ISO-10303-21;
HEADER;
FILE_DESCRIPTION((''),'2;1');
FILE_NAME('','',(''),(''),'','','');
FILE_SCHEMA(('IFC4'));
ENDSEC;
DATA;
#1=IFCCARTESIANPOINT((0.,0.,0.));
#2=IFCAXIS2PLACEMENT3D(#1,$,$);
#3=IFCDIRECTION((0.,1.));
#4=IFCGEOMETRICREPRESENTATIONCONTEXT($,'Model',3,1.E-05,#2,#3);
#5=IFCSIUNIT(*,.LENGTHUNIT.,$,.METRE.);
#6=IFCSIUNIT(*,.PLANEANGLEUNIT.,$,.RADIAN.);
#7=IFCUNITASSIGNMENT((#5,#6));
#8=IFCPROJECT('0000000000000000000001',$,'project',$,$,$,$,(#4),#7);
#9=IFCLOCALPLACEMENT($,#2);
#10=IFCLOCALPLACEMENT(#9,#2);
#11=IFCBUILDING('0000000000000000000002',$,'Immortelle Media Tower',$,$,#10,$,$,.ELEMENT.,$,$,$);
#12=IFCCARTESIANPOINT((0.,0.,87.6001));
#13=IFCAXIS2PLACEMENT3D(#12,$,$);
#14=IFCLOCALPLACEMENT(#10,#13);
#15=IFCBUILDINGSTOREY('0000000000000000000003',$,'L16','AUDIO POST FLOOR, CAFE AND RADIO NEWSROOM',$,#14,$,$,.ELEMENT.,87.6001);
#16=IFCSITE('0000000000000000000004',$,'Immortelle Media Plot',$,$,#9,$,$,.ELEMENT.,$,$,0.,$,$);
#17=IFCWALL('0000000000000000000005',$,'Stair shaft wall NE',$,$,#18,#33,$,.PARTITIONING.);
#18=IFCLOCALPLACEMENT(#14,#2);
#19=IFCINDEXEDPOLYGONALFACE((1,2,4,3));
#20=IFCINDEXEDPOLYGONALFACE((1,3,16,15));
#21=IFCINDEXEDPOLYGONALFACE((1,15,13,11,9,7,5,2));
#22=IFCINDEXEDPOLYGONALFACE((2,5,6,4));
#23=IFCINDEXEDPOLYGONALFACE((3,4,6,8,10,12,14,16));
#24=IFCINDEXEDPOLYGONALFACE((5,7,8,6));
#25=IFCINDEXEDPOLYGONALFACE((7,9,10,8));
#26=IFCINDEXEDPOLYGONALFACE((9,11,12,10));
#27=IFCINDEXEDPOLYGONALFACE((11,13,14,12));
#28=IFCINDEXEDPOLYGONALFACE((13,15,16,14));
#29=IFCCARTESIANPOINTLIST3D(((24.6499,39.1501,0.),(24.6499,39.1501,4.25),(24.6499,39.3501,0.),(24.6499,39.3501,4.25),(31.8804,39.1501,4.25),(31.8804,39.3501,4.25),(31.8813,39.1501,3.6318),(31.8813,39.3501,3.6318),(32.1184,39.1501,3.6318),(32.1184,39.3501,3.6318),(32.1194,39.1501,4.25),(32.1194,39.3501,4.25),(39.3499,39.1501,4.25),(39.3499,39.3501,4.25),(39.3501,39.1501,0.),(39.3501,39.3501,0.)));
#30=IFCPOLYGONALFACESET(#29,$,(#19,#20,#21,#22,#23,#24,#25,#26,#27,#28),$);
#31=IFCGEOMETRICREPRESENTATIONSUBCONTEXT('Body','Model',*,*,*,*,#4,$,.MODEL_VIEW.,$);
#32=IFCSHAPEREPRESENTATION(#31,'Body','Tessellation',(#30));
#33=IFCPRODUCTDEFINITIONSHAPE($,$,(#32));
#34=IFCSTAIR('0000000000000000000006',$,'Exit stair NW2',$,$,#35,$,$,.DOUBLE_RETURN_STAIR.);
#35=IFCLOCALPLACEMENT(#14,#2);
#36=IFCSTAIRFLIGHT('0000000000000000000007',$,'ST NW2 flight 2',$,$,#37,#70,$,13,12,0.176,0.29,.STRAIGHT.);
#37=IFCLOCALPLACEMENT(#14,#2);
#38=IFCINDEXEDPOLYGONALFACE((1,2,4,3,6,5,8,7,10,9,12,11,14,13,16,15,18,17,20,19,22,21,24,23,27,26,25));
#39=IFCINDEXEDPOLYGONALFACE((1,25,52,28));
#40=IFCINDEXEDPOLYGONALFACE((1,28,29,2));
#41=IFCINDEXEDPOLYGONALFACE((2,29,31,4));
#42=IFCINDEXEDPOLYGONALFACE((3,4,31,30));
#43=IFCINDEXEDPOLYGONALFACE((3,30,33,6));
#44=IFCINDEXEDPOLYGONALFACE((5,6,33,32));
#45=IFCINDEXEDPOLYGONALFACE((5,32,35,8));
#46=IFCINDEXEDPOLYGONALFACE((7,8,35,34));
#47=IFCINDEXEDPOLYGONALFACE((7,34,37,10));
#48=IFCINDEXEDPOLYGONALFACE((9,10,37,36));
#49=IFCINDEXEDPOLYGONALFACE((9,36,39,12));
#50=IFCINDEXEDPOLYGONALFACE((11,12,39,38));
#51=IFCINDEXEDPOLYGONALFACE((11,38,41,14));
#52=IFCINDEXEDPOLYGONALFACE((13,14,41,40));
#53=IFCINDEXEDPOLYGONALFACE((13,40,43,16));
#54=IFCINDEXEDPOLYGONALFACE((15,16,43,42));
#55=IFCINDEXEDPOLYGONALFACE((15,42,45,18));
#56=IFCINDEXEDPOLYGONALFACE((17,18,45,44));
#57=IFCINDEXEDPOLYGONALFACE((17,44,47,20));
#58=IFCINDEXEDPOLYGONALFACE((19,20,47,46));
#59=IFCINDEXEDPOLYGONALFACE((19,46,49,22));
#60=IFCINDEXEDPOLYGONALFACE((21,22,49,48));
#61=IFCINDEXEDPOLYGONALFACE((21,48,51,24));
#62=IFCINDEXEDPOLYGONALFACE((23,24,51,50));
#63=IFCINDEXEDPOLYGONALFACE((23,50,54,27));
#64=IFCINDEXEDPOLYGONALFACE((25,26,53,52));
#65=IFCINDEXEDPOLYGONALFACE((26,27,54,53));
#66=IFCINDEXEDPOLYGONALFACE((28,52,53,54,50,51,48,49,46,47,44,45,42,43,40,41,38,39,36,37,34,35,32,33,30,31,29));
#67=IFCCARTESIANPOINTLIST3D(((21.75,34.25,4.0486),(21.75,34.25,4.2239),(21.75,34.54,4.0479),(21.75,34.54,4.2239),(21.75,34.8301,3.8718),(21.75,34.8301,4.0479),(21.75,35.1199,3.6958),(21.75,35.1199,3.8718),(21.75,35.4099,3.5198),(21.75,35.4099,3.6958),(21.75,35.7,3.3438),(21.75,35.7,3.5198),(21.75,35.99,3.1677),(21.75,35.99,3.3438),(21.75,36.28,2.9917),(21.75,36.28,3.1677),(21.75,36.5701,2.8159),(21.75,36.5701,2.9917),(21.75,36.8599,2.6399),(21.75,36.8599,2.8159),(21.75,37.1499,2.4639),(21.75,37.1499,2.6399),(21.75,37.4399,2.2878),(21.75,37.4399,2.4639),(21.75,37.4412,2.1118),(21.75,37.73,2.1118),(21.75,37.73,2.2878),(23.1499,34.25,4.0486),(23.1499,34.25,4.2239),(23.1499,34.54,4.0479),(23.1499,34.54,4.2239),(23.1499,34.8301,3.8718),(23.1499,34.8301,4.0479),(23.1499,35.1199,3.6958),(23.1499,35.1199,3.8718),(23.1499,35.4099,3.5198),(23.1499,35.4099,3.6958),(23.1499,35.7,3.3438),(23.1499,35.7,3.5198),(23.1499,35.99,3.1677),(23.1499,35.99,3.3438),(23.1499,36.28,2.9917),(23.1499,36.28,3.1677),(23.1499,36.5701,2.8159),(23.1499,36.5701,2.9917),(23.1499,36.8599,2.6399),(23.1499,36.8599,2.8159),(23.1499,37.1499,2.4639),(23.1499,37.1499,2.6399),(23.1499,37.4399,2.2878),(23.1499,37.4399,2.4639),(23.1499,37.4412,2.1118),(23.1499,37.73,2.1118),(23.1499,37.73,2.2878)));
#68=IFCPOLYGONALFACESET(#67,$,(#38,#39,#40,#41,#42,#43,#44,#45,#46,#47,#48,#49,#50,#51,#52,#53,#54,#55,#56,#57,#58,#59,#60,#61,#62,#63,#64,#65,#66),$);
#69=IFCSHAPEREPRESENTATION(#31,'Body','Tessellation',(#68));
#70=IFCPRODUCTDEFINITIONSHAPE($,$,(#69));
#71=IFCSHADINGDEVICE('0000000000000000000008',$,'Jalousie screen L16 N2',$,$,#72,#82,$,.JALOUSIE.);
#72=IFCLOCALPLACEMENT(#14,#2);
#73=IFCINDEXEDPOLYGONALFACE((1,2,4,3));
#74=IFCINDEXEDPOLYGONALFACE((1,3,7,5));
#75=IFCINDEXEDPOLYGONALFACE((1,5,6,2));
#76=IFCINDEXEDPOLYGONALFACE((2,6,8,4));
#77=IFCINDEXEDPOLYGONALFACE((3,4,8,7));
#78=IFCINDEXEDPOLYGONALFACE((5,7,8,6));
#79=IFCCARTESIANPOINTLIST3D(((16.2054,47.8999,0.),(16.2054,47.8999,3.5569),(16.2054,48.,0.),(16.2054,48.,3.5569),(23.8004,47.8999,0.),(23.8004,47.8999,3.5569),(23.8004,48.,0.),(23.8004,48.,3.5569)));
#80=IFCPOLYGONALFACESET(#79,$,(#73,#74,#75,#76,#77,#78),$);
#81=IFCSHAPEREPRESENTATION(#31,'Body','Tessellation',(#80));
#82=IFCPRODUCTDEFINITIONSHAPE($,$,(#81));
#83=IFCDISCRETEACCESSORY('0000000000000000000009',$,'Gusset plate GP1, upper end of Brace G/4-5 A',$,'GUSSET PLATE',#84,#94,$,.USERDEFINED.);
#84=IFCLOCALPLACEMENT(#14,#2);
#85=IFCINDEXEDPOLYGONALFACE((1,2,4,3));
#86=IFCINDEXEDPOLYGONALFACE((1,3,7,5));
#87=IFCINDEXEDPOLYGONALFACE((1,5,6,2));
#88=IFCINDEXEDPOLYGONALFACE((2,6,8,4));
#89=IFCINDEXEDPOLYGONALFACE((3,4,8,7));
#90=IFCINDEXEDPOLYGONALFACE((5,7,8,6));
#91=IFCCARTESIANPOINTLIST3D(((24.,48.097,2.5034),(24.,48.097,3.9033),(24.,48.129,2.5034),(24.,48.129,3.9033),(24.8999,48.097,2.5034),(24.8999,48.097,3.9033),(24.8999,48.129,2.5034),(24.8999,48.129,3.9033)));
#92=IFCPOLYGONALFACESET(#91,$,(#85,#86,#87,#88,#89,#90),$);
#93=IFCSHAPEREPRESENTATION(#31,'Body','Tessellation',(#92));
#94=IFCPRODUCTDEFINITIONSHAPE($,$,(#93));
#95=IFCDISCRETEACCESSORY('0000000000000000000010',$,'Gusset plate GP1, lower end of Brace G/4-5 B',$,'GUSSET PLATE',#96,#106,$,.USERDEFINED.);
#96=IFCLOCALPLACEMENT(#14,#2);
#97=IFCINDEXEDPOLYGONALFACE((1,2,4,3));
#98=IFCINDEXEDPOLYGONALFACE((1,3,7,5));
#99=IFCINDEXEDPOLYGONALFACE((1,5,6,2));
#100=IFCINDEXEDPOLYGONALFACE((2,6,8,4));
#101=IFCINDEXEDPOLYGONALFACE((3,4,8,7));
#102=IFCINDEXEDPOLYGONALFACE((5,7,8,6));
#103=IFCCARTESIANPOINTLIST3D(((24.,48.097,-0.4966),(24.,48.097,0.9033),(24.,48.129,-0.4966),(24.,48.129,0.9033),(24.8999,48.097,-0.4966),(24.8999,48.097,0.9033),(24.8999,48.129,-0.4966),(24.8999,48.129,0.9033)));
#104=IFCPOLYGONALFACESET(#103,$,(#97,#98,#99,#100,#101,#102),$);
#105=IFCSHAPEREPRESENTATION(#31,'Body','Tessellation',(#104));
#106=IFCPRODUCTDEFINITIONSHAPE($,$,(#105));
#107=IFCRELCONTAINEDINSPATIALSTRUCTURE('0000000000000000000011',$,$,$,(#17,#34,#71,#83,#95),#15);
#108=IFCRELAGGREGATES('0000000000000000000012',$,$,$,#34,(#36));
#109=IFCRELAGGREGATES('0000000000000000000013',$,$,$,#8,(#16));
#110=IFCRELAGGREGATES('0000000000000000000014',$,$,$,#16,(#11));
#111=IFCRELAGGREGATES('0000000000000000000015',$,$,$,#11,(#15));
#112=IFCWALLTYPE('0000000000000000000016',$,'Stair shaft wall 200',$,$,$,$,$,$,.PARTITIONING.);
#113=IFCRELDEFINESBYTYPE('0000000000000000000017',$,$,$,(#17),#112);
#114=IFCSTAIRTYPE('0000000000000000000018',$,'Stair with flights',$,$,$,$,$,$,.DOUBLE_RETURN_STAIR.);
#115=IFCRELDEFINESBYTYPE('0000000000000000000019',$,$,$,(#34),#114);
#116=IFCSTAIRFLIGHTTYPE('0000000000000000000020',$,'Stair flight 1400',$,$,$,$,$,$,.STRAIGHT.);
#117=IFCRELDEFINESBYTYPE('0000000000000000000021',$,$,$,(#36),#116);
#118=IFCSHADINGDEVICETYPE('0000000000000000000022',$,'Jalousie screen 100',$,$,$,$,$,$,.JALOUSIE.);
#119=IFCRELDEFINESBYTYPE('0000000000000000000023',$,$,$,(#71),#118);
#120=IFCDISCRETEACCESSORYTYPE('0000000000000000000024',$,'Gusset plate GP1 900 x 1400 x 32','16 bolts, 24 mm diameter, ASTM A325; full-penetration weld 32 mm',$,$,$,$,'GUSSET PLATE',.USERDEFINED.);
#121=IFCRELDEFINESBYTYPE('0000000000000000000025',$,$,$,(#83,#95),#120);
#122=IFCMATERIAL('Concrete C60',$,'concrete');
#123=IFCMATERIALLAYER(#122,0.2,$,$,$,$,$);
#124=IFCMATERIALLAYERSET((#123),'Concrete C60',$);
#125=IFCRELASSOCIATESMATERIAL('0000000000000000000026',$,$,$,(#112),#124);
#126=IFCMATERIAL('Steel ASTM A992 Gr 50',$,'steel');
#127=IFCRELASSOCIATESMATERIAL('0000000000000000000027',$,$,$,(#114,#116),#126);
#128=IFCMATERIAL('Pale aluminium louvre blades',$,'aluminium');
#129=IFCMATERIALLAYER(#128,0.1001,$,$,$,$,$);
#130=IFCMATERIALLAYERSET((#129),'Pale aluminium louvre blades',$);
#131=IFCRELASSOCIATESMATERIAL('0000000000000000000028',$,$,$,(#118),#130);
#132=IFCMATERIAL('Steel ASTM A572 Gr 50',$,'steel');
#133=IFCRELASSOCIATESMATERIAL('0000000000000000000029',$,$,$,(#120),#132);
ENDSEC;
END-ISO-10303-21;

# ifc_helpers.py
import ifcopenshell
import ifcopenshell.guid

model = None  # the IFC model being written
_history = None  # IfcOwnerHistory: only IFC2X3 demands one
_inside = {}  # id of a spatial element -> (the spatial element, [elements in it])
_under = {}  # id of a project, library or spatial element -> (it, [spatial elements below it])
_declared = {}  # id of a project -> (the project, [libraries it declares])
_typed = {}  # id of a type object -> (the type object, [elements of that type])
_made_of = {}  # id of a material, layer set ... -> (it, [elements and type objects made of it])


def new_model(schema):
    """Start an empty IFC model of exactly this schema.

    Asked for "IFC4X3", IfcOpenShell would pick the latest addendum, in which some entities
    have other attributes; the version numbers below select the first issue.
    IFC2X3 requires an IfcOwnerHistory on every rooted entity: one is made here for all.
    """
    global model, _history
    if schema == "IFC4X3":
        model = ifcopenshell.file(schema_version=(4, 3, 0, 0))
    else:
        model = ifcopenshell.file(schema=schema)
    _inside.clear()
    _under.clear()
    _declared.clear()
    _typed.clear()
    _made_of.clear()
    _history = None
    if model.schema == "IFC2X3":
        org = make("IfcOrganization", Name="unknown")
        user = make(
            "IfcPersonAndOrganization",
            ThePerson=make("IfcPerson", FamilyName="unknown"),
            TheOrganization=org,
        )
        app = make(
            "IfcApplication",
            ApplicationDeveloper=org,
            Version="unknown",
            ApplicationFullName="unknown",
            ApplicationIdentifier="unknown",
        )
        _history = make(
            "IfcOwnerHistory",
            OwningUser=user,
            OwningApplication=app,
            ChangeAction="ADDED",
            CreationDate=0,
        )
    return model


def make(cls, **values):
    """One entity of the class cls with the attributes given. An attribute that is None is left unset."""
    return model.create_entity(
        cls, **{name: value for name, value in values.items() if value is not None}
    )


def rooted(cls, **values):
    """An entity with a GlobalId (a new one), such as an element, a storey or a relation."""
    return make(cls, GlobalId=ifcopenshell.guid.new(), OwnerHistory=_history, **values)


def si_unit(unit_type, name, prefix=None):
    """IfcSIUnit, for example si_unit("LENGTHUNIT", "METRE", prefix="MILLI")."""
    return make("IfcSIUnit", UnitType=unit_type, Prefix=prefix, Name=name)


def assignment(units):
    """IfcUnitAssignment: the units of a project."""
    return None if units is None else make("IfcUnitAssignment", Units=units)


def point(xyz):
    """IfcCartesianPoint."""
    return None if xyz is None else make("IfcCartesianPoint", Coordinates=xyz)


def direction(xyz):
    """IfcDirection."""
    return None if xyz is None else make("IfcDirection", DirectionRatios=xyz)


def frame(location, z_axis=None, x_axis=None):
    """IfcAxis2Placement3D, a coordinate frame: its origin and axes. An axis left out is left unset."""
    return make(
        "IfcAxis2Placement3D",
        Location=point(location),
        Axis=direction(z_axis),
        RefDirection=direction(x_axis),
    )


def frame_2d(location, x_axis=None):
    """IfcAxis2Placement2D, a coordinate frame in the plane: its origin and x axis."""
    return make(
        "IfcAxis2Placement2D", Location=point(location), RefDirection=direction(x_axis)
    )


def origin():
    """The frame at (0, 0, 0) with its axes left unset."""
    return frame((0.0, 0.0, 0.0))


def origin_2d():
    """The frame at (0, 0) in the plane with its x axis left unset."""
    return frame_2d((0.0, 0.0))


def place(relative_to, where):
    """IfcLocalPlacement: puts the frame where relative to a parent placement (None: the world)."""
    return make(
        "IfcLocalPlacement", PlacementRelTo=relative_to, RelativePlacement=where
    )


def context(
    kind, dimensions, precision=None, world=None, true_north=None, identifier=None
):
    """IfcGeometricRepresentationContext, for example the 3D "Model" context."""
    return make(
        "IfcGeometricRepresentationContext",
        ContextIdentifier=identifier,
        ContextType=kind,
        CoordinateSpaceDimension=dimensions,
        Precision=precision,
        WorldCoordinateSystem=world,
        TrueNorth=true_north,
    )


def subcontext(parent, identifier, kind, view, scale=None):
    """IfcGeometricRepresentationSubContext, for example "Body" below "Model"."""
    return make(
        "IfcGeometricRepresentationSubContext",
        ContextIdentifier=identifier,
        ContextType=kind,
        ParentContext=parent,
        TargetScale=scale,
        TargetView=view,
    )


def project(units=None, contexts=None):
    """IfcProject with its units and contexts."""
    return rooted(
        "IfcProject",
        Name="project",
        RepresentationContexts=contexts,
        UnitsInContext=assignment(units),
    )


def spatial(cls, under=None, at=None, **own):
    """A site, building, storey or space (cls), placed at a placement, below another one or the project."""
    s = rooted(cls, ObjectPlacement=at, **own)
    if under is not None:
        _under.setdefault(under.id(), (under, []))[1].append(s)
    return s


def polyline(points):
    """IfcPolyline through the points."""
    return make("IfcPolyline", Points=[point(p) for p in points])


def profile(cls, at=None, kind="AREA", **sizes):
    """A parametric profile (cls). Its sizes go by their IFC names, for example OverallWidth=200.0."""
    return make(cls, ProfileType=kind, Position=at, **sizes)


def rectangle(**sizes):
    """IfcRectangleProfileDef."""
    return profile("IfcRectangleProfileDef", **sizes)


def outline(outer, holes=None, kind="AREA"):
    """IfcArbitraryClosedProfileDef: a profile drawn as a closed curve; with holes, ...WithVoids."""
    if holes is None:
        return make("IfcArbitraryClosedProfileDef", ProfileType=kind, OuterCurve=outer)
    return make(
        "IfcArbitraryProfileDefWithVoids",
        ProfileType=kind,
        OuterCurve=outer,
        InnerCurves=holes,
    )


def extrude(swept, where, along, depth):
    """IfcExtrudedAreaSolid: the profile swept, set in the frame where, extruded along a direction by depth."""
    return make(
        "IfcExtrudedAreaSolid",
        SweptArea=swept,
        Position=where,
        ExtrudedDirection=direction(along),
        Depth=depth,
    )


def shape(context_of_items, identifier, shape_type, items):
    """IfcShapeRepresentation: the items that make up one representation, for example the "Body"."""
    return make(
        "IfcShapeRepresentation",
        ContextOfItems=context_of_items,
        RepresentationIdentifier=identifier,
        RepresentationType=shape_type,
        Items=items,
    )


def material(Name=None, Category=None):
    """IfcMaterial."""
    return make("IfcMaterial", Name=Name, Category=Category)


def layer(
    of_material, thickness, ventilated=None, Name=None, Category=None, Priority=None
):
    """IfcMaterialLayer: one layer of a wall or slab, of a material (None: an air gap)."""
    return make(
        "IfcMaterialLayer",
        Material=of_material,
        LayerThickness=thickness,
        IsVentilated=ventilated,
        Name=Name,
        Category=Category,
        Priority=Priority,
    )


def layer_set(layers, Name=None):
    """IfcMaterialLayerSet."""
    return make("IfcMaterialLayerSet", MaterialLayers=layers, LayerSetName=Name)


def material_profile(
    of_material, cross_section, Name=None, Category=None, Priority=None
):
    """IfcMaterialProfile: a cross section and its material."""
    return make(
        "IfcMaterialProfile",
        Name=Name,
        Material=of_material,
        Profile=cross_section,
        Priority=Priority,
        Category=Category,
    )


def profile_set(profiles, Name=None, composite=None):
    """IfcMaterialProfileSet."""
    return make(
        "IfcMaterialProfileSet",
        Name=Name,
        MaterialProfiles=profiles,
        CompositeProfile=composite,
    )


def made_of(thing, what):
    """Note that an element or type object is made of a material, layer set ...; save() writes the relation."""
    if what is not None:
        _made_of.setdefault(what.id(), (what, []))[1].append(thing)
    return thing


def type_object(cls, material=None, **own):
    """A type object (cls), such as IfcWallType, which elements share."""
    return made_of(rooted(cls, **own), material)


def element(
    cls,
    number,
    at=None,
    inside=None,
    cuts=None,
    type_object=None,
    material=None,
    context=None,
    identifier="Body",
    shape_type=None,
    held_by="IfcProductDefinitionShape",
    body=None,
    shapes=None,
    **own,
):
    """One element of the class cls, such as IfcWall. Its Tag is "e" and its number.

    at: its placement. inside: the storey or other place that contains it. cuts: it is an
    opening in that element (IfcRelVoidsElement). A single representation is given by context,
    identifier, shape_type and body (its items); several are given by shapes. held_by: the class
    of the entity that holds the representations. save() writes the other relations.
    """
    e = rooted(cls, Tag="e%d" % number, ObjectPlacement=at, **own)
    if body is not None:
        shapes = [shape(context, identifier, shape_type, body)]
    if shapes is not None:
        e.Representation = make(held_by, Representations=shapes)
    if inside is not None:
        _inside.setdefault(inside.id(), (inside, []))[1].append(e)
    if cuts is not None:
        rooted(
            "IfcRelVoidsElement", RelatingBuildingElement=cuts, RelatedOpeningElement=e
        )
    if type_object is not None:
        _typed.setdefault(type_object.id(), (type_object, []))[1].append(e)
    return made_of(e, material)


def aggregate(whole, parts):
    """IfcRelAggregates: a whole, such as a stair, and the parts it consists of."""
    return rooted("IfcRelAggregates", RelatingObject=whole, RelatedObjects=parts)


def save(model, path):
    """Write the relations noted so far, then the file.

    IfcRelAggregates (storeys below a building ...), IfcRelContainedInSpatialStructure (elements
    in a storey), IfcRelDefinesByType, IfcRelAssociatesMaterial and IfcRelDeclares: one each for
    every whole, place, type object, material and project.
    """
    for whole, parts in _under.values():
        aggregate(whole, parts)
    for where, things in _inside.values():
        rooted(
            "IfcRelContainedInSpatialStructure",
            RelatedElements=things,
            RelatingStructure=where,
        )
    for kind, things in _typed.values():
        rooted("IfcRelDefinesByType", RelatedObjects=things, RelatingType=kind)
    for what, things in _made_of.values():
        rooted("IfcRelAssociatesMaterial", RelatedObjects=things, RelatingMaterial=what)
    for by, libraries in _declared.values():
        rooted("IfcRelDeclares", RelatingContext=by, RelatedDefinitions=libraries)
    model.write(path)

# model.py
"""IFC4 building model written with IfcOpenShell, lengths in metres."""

from ifc_helpers import new_model, si_unit, direction, frame, origin, origin_2d, place, context, subcontext, project, spatial, polyline, rectangle, outline, extrude, material, layer, layer_set, material_profile, profile_set, type_object, element, aggregate, save


model = new_model("IFC4")

# Units and contexts
model_context = context("Model", 3, precision=1e-05, world=origin(), true_north=direction((0.0, 1.0)))
body_context = subcontext(model_context, "Body", "Model", "MODEL_VIEW")
ifc_project = project(units=[si_unit("LENGTHUNIT", "METRE"), si_unit("PLANEANGLEUNIT", "RADIAN")], contexts=[model_context])

# Site, building, storey
site_placement = place(None, origin())
site = spatial("IfcSite", under=ifc_project, at=site_placement, Name="Immortelle Media Plot", CompositionType="ELEMENT", RefElevation=0.0)
building_placement = place(site_placement, origin())
building = spatial("IfcBuilding", under=site, at=building_placement, Name="Immortelle Media Tower", CompositionType="ELEMENT")
storey_placement = place(building_placement, frame((0.0, 0.0, 87.6001)))
storey = spatial("IfcBuildingStorey", under=building, at=storey_placement, Name="L16", Description="AUDIO POST FLOOR, CAFE AND RADIO NEWSROOM", CompositionType="ELEMENT", Elevation=87.6001)

# Shared definitions
ifc_material_1 = material(Name="Steel ASTM A992 Gr 50", Category="steel")

# Wall
ifc_material_2 = material(Name="Concrete C60", Category="concrete")
ifc_layer_1 = layer(ifc_material_2, 0.2)
ifc_layer_set_1 = layer_set([ifc_layer_1], Name="Concrete C60")
wall_type_1 = type_object("IfcWallType", Name="Stair shaft wall 200", PredefinedType="PARTITIONING", material=ifc_layer_set_1)
wall_1_placement = place(storey_placement, frame((24.6499, 39.25, 0.0), z_axis=(0.0, 0.0, 1.0), x_axis=(1.0, 0.0, 0.0)))
element("IfcWall", 1, at=wall_1_placement, inside=storey, type_object=wall_type_1, Name="Stair shaft wall NE", PredefinedType="PARTITIONING", context=body_context, shape_type="SweptSolid", body=[
    extrude(outline(polyline([(0.0, 0.0), (14.7002, 0.0), (14.7, 4.25), (7.4695, 4.25), (7.4685, 3.6318), (7.2314, 3.6318), (7.2305, 4.25), (0.0, 4.25), (0.0, 0.0)])), frame((0.0, 0.1001, 0.0), z_axis=(0.0, -1.0, 0.0), x_axis=(1.0, 0.0, 0.0)), (0.0, 0.0, 1.0), 0.2),
])

# Stair, stair flight
stair_type = type_object("IfcStairType", Name="Stair with flights", PredefinedType="DOUBLE_RETURN_STAIR", material=ifc_material_1)
stair_placement = place(storey_placement, origin())
stair = element("IfcStair", 2, at=stair_placement, inside=storey, type_object=stair_type, Name="Exit stair NW2", PredefinedType="DOUBLE_RETURN_STAIR")
stair_flight_type = type_object("IfcStairFlightType", Name="Stair flight 1400", PredefinedType="STRAIGHT", material=ifc_material_1)
stair_flight_placement = place(storey_placement, frame((22.45, 37.73, 2.1118), z_axis=(0.0, 0.0, 1.0), x_axis=(0.0, -1.0, 0.0)))
stair_flight = element("IfcStairFlight", 3, at=stair_flight_placement, type_object=stair_flight_type, Name="ST NW2 flight 2", NumberOfRisers=13, NumberOfTreads=12, PredefinedType="STRAIGHT", RiserHeight=0.176, TreadLength=0.29, context=body_context, shape_type="SweptSolid", body=[
    extrude(outline(polyline([(0.0, 0.0), (0.0, 0.176), (0.29, 0.176), (0.29, 0.3521), (0.5801, 0.3521), (0.5801, 0.5281), (0.8701, 0.5281), (0.8701, 0.7041), (1.1599, 0.7041), (1.1599, 0.8799), (1.45, 0.8799), (1.45, 1.0559), (1.74, 1.0559), (1.74, 1.2319), (2.03, 1.2319), (2.03, 1.408), (2.3201, 1.408), (2.3201, 1.584), (2.6101, 1.584), (2.6101, 1.76), (2.8999, 1.76), (2.8999, 1.936), (3.1899, 1.936), (3.1899, 2.1121), (3.48, 2.1121), (3.48, 2.2881), (3.48, 1.9368), (0.2888, 0.0), (0.0, 0.0)])), frame((0.0, 0.7, 0.0), z_axis=(0.0, -1.0, 0.0), x_axis=(1.0, 0.0, 0.0)), (0.0, 0.0, 1.0), 1.3999),
])
aggregate(stair, [stair_flight])

# Shading device
ifc_material_3 = material(Name="Pale aluminium louvre blades", Category="aluminium")
ifc_layer_2 = layer(ifc_material_3, 0.1001)
ifc_layer_set_2 = layer_set([ifc_layer_2], Name="Pale aluminium louvre blades")
shading_device_type = type_object("IfcShadingDeviceType", Name="Jalousie screen 100", PredefinedType="JALOUSIE", material=ifc_layer_set_2)
shading_device_placement = place(storey_placement, frame((20.0029, 47.95, 0.0), z_axis=(0.0, 0.0, 1.0), x_axis=(-1.0, 0.0, 0.0)))
element("IfcShadingDevice", 4, at=shading_device_placement, inside=storey, type_object=shading_device_type, Name="Jalousie screen L16 N2", PredefinedType="JALOUSIE", context=body_context, shape_type="SweptSolid", body=[
    extrude(rectangle(XDim=7.595, YDim=0.1001, at=origin_2d()), origin(), (0.0, 0.0, 1.0), 3.5569),
])

# Discrete accessories
ifc_material_4 = material(Name="Steel ASTM A572 Gr 50", Category="steel")
ifc_material_profile_1 = material_profile(ifc_material_4, rectangle(XDim=0.032, YDim=1.3999, at=origin_2d()), Name="PL 32 x 1400")
ifc_profile_set_1 = profile_set([ifc_material_profile_1], Name="Steel ASTM A572 Gr 50")
discrete_accessory_type = type_object("IfcDiscreteAccessoryType", Name="Gusset plate GP1 900 x 1400 x 32", Description="16 bolts, 24 mm diameter, ASTM A325; full-penetration weld 32 mm", ElementType="GUSSET PLATE", PredefinedType="USERDEFINED", material=ifc_profile_set_1)
for number, where, z_axis, x_axis, name in (
    (5, (24.0, 48.113, 3.2034), (1.0, 0.0, 0.0), (0.0, 1.0, 0.0), "Gusset plate GP1, upper end of Brace G/4-5 A"),
    (6, (24.0, 48.113, 0.2034), (1.0, 0.0, 0.0), (0.0, 1.0, 0.0), "Gusset plate GP1, lower end of Brace G/4-5 B"),
):
    element("IfcDiscreteAccessory", number, at=place(storey_placement, frame(where, z_axis=z_axis, x_axis=x_axis)), inside=storey, type_object=discrete_accessory_type, Name=name, ObjectType="GUSSET PLATE", PredefinedType="USERDEFINED", context=body_context, shape_type="SweptSolid", body=[
        extrude(rectangle(XDim=0.032, YDim=1.3999, at=origin_2d()), origin(), (0.0, 0.0, 1.0), 0.8999),
    ])

save(model, "model.ifc")
